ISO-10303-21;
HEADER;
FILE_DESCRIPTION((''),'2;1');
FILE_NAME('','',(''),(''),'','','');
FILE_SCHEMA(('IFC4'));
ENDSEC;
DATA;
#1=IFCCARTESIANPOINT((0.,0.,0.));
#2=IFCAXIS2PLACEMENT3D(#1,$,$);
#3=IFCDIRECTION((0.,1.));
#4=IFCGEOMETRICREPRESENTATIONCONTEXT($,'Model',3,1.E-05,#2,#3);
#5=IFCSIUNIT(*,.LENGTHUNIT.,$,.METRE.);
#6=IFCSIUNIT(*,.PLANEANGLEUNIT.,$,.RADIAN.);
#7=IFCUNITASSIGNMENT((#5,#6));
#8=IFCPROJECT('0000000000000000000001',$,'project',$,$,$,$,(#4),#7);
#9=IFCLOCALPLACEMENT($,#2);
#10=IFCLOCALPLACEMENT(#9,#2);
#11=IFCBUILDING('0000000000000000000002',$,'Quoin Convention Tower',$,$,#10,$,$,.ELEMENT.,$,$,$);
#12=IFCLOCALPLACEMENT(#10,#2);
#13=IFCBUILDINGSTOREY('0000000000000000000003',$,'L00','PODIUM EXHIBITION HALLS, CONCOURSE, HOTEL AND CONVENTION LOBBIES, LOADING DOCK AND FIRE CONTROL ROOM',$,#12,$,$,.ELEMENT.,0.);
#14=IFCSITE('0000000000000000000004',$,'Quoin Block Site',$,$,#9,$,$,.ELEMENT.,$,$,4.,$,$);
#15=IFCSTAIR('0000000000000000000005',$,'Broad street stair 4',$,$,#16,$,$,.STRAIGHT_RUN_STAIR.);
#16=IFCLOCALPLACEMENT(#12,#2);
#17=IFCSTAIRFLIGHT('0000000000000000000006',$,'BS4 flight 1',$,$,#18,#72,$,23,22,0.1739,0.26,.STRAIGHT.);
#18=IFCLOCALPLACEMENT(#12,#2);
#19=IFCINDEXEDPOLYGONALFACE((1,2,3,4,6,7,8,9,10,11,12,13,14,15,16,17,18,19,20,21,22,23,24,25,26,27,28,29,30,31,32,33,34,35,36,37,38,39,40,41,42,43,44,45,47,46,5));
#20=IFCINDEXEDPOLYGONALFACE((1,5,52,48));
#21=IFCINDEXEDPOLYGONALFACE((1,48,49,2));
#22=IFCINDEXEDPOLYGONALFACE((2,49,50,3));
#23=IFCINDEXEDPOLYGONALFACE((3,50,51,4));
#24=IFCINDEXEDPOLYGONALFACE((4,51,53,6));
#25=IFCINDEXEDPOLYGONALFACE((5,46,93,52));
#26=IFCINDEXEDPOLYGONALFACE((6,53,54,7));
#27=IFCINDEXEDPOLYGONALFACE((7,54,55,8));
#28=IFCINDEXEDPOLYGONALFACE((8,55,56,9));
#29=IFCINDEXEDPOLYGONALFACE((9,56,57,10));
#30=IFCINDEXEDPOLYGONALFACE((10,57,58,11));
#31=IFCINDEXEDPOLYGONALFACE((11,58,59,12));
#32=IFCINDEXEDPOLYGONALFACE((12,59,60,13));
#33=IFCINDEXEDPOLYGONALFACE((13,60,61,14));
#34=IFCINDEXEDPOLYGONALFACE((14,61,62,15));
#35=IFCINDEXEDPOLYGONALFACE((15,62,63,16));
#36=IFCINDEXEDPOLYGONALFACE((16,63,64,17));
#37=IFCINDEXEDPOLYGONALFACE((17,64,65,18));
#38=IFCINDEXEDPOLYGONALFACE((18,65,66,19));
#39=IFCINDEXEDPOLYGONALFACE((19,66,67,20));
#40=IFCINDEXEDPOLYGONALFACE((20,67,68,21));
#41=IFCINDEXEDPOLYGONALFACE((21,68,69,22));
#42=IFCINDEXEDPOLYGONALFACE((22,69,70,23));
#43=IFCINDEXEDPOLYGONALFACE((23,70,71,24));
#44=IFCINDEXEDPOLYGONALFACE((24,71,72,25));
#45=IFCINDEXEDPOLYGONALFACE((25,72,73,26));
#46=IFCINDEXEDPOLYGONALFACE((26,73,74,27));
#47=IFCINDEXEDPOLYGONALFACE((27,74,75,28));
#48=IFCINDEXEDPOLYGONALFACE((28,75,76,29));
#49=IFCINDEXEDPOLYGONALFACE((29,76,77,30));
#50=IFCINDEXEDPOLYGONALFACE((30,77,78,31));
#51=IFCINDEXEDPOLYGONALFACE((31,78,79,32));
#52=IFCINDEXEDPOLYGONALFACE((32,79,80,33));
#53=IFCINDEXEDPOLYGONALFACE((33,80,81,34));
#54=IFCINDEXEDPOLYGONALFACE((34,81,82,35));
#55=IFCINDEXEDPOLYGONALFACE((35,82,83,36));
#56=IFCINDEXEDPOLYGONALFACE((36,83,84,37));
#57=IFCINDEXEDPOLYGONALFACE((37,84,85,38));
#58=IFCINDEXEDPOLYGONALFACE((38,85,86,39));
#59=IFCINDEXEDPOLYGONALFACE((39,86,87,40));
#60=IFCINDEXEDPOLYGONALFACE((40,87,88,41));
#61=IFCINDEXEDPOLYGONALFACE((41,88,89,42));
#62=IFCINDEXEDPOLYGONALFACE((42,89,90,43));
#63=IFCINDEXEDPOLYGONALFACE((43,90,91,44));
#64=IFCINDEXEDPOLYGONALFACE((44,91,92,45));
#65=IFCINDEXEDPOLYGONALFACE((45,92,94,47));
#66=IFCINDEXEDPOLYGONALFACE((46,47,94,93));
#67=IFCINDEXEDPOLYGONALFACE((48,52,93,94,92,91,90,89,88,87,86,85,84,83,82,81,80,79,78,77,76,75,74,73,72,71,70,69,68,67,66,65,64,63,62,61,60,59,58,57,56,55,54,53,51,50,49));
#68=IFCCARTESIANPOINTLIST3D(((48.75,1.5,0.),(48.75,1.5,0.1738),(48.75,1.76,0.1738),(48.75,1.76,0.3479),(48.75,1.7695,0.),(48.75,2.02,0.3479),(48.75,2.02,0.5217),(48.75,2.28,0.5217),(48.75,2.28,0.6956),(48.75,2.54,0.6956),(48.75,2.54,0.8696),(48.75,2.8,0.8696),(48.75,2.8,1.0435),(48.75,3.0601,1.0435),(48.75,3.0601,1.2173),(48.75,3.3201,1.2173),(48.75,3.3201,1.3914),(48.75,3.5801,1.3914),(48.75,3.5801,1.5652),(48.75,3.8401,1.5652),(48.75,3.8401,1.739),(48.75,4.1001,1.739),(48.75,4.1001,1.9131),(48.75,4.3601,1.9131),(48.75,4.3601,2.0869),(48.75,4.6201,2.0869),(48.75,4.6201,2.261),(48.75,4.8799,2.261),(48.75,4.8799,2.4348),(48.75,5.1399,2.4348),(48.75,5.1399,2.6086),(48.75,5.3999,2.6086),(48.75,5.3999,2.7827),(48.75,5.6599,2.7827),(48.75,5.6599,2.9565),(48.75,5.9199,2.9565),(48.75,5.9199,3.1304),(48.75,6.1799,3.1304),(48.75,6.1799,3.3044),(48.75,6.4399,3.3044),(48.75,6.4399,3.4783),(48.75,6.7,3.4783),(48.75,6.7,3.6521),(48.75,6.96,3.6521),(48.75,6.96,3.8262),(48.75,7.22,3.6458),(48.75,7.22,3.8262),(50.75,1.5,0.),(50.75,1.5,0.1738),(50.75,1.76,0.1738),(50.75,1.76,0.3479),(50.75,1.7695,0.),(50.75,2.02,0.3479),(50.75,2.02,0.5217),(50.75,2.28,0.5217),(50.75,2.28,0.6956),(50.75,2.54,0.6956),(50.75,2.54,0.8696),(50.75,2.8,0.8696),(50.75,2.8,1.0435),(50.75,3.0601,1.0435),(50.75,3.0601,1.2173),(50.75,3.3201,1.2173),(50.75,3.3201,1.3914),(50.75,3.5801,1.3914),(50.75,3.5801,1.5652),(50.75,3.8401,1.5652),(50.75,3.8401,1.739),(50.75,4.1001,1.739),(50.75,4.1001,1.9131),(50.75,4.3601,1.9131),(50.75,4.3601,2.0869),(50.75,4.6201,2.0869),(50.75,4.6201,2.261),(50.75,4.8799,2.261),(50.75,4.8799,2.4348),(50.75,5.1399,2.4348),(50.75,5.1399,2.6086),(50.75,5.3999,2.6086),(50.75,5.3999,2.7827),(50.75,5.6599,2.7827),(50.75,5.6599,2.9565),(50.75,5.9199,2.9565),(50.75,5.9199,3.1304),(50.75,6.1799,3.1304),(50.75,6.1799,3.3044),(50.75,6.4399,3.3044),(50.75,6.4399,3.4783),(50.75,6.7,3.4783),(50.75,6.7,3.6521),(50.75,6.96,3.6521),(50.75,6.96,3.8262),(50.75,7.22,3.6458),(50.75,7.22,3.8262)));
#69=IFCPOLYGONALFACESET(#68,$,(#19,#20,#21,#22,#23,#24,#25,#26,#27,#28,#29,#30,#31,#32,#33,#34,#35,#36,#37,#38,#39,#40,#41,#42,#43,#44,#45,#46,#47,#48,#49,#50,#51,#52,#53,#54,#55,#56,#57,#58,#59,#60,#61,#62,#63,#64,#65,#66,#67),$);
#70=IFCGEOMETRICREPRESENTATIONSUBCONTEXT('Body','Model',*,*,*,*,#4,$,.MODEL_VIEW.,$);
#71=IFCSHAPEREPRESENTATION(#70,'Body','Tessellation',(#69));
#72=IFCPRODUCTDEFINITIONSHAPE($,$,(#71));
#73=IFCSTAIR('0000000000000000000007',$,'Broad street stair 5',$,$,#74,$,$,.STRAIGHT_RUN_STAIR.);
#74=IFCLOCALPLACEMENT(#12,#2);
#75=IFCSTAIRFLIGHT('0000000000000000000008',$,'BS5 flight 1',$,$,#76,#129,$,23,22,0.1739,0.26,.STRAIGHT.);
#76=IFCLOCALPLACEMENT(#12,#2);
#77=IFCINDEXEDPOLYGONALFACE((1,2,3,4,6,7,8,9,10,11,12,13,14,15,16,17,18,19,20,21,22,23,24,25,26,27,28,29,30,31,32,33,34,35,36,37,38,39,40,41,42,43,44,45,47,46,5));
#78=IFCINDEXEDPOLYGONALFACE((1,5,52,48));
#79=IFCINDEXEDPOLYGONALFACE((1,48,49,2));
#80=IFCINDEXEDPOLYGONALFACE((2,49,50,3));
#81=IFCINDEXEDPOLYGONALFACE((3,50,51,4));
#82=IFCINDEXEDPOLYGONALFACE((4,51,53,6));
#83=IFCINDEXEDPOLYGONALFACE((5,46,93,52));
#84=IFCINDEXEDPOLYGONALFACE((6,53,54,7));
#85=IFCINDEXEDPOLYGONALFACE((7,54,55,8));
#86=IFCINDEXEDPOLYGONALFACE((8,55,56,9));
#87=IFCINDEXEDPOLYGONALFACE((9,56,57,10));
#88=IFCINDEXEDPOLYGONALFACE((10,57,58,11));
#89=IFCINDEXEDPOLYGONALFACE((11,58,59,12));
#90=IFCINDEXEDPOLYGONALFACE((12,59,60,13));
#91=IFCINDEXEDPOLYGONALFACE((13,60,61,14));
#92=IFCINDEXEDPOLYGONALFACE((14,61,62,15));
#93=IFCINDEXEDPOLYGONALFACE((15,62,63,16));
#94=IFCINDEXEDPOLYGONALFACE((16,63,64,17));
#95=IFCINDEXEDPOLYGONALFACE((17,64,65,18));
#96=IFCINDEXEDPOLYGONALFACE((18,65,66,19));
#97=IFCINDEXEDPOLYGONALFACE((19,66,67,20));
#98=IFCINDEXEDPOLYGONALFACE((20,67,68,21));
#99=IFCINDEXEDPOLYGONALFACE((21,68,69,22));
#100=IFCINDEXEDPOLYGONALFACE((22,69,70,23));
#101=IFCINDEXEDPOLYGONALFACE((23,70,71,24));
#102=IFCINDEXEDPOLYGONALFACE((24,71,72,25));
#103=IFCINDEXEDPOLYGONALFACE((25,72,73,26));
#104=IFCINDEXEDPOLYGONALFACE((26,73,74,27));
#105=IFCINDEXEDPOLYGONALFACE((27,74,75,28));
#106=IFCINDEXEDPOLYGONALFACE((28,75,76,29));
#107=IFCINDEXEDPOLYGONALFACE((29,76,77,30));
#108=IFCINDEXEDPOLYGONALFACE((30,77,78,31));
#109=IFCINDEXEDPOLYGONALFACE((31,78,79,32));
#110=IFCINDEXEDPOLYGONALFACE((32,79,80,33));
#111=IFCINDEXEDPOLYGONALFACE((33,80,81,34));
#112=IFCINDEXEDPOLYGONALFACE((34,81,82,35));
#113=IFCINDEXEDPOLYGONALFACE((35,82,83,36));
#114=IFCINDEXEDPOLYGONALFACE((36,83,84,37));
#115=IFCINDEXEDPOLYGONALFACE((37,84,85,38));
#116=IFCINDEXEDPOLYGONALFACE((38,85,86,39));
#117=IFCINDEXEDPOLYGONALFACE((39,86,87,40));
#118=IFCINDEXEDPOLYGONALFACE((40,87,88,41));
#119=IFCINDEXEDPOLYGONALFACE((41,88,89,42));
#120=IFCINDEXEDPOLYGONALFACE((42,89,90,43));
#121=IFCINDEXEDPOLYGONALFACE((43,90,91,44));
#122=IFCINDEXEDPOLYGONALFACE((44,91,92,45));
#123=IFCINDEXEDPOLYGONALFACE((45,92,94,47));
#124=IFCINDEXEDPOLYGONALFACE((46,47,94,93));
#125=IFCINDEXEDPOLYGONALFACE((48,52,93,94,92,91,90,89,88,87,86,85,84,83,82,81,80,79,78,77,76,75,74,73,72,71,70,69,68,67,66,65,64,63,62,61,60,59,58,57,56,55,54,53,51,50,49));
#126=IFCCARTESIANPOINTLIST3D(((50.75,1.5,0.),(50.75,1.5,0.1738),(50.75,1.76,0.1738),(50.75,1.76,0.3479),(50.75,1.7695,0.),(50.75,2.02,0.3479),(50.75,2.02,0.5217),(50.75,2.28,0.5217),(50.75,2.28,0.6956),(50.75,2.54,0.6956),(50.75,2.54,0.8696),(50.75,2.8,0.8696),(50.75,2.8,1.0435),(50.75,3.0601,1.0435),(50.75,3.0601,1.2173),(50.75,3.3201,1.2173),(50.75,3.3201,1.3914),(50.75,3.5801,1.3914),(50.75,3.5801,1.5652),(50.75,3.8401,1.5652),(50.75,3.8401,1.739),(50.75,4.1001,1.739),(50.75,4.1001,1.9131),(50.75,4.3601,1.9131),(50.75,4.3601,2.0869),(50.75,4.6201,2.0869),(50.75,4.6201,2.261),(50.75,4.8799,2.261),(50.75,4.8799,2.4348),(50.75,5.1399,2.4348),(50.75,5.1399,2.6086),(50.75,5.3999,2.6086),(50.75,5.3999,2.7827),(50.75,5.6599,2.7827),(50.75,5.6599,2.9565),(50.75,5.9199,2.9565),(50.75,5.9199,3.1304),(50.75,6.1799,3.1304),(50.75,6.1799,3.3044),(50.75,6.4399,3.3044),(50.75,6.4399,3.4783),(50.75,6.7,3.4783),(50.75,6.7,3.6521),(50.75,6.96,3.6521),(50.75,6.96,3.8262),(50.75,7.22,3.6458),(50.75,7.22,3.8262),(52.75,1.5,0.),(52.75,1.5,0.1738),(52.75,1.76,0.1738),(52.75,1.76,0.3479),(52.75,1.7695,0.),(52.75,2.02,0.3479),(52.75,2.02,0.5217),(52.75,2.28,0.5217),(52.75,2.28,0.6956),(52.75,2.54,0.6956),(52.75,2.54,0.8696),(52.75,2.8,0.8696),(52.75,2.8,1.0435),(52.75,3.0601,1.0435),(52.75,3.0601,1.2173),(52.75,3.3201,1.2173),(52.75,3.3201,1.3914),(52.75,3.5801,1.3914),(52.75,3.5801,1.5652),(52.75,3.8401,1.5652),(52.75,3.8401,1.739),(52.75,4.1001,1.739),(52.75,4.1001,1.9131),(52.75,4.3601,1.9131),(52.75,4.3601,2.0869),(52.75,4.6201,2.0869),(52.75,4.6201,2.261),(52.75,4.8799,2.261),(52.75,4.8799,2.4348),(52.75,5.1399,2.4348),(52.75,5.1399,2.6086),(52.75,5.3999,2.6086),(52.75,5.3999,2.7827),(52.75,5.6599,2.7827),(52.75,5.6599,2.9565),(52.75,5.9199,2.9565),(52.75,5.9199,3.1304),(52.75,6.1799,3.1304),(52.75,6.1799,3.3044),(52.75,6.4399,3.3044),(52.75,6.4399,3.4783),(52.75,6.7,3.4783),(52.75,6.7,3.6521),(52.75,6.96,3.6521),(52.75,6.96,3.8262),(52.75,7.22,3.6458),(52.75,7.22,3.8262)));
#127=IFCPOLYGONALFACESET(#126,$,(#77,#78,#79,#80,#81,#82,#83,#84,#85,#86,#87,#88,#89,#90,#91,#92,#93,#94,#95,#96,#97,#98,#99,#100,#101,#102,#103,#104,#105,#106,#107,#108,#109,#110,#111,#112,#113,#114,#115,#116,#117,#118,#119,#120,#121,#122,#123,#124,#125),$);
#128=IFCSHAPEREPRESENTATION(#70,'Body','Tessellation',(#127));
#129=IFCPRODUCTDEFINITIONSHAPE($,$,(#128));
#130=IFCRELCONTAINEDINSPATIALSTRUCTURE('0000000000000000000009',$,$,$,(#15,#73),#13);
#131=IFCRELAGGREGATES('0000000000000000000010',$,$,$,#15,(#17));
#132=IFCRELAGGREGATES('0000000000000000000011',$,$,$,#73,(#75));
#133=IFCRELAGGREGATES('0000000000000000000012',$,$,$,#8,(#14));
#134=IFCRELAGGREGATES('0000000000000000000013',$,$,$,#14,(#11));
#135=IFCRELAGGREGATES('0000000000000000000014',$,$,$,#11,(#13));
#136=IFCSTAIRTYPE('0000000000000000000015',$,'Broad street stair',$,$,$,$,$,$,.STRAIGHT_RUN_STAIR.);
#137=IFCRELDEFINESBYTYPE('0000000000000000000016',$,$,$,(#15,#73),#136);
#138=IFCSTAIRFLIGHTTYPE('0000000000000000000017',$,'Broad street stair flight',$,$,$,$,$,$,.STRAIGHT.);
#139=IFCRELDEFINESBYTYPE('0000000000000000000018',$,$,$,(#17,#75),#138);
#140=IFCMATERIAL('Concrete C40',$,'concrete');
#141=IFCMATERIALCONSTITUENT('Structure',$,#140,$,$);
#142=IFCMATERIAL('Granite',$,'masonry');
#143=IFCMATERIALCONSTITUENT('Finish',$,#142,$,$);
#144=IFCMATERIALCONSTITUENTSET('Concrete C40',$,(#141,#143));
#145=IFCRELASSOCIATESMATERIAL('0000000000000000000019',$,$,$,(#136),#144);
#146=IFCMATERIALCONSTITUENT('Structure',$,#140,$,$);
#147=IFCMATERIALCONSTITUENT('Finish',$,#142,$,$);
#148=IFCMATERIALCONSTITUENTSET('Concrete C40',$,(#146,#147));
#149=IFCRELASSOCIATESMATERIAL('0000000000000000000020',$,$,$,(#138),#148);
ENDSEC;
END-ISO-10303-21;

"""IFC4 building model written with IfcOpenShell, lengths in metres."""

from ifc_helpers import new_model, si_unit, direction, frame, origin, place, context, subcontext, project, spatial, polyline, outline, extrude, material, constituent, constituent_set, type_object, element, aggregate, save


model = new_model("IFC4")

# Units and contexts
model_context = context("Model", 3, precision=1e-05, world=origin(), true_north=direction((0.0, 1.0)))
body_context = subcontext(model_context, "Body", "Model", "MODEL_VIEW")
ifc_project = project(units=[si_unit("LENGTHUNIT", "METRE"), si_unit("PLANEANGLEUNIT", "RADIAN")], contexts=[model_context])

# Site, building, storey
site_placement = place(None, origin())
site = spatial("IfcSite", under=ifc_project, at=site_placement, Name="Quoin Block Site", CompositionType="ELEMENT", RefElevation=4.0)
building_placement = place(site_placement, origin())
building = spatial("IfcBuilding", under=site, at=building_placement, Name="Quoin Convention Tower", CompositionType="ELEMENT")
storey_placement = place(building_placement, origin())
storey = spatial("IfcBuildingStorey", under=building, at=storey_placement, Name="L00", Description="PODIUM EXHIBITION HALLS, CONCOURSE, HOTEL AND CONVENTION LOBBIES, LOADING DOCK AND FIRE CONTROL ROOM", CompositionType="ELEMENT", Elevation=0.0)

# Shared definitions
ifc_material_1 = material(Name="Concrete C40", Category="concrete")

# Stairs, stair flights
ifc_constituent_1 = constituent(ifc_material_1, Name="Structure")
ifc_material_2 = material(Name="Granite", Category="masonry")
ifc_constituent_2 = constituent(ifc_material_2, Name="Finish")
ifc_constituent_set_1 = constituent_set(constituents=[ifc_constituent_1, ifc_constituent_2], Name="Concrete C40")
stair_type = type_object("IfcStairType", Name="Broad street stair", PredefinedType="STRAIGHT_RUN_STAIR", material=ifc_constituent_set_1)
ifc_constituent_3 = constituent(ifc_material_1, Name="Structure")
ifc_constituent_4 = constituent(ifc_material_2, Name="Finish")
ifc_constituent_set_2 = constituent_set(constituents=[ifc_constituent_3, ifc_constituent_4], Name="Concrete C40")
stair_flight_type = type_object("IfcStairFlightType", Name="Broad street stair flight", PredefinedType="STRAIGHT", material=ifc_constituent_set_2)
stair_1_placement = place(storey_placement, origin())
stair_1 = element("IfcStair", 1, at=stair_1_placement, inside=storey, type_object=stair_type, Name="Broad street stair 4", PredefinedType="STRAIGHT_RUN_STAIR")
stair_flight_1_placement = place(storey_placement, frame((49.75, 1.5, 0.0), z_axis=(0.0, 0.0, 1.0), x_axis=(0.0, 1.0, 0.0)))
stair_flight_1 = element("IfcStairFlight", 2, at=stair_flight_1_placement, type_object=stair_flight_type, Name="BS4 flight 1", NumberOfRisers=23, NumberOfTreads=22, PredefinedType="STRAIGHT", RiserHeight=0.1739, TreadLength=0.26, context=body_context, shape_type="SweptSolid", body=[
    extrude(outline(polyline([(0.0, 0.0), (0.0, 0.1738), (0.26, 0.1738), (0.26, 0.3479), (0.52, 0.3479), (0.52, 0.5217), (0.78, 0.5217), (0.78, 0.6956), (1.04, 0.6956), (1.04, 0.8696), (1.3, 0.8696), (1.3, 1.0435), (1.5601, 1.0435), (1.5601, 1.2173), (1.8201, 1.2173), (1.8201, 1.3914), (2.0801, 1.3914), (2.0801, 1.5652), (2.3401, 1.5652), (2.3401, 1.739), (2.6001, 1.739), (2.6001, 1.9131), (2.8601, 1.9131), (2.8601, 2.0869), (3.1201, 2.0869), (3.1201, 2.261), (3.3799, 2.261), (3.3799, 2.4348), (3.6399, 2.4348), (3.6399, 2.6086), (3.8999, 2.6086), (3.8999, 2.7827), (4.1599, 2.7827), (4.1599, 2.9565), (4.4199, 2.9565), (4.4199, 3.1304), (4.6799, 3.1304), (4.6799, 3.3044), (4.9399, 3.3044), (4.9399, 3.4783), (5.2, 3.4783), (5.2, 3.6521), (5.46, 3.6521), (5.46, 3.8262), (5.72, 3.8262), (5.72, 4.0), (5.72, 3.6458), (0.2695, 0.0), (0.0, 0.0)])), frame((0.0, 1.0, 0.0), z_axis=(0.0, -1.0, 0.0), x_axis=(1.0, 0.0, 0.0)), (0.0, 0.0, 1.0), 2.0),
])
aggregate(stair_1, [stair_flight_1])
stair_2_placement = place(storey_placement, origin())
stair_2 = element("IfcStair", 3, at=stair_2_placement, inside=storey, type_object=stair_type, Name="Broad street stair 5", PredefinedType="STRAIGHT_RUN_STAIR")
stair_flight_2_placement = place(storey_placement, frame((51.75, 1.5, 0.0), z_axis=(0.0, 0.0, 1.0), x_axis=(0.0, 1.0, 0.0)))
stair_flight_2 = element("IfcStairFlight", 4, at=stair_flight_2_placement, type_object=stair_flight_type, Name="BS5 flight 1", NumberOfRisers=23, NumberOfTreads=22, PredefinedType="STRAIGHT", RiserHeight=0.1739, TreadLength=0.26, context=body_context, shape_type="SweptSolid", body=[
    extrude(outline(polyline([(0.0, 0.0), (0.0, 0.1738), (0.26, 0.1738), (0.26, 0.3479), (0.52, 0.3479), (0.52, 0.5217), (0.78, 0.5217), (0.78, 0.6956), (1.04, 0.6956), (1.04, 0.8696), (1.3, 0.8696), (1.3, 1.0435), (1.5601, 1.0435), (1.5601, 1.2173), (1.8201, 1.2173), (1.8201, 1.3914), (2.0801, 1.3914), (2.0801, 1.5652), (2.3401, 1.5652), (2.3401, 1.739), (2.6001, 1.739), (2.6001, 1.9131), (2.8601, 1.9131), (2.8601, 2.0869), (3.1201, 2.0869), (3.1201, 2.261), (3.3799, 2.261), (3.3799, 2.4348), (3.6399, 2.4348), (3.6399, 2.6086), (3.8999, 2.6086), (3.8999, 2.7827), (4.1599, 2.7827), (4.1599, 2.9565), (4.4199, 2.9565), (4.4199, 3.1304), (4.6799, 3.1304), (4.6799, 3.3044), (4.9399, 3.3044), (4.9399, 3.4783), (5.2, 3.4783), (5.2, 3.6521), (5.46, 3.6521), (5.46, 3.8262), (5.72, 3.8262), (5.72, 4.0), (5.72, 3.6458), (0.2695, 0.0), (0.0, 0.0)])), frame((0.0, 1.0, 0.0), z_axis=(0.0, -1.0, 0.0), x_axis=(1.0, 0.0, 0.0)), (0.0, 0.0, 1.0), 2.0),
])
aggregate(stair_2, [stair_flight_2])

save(model, "model.ifc")
